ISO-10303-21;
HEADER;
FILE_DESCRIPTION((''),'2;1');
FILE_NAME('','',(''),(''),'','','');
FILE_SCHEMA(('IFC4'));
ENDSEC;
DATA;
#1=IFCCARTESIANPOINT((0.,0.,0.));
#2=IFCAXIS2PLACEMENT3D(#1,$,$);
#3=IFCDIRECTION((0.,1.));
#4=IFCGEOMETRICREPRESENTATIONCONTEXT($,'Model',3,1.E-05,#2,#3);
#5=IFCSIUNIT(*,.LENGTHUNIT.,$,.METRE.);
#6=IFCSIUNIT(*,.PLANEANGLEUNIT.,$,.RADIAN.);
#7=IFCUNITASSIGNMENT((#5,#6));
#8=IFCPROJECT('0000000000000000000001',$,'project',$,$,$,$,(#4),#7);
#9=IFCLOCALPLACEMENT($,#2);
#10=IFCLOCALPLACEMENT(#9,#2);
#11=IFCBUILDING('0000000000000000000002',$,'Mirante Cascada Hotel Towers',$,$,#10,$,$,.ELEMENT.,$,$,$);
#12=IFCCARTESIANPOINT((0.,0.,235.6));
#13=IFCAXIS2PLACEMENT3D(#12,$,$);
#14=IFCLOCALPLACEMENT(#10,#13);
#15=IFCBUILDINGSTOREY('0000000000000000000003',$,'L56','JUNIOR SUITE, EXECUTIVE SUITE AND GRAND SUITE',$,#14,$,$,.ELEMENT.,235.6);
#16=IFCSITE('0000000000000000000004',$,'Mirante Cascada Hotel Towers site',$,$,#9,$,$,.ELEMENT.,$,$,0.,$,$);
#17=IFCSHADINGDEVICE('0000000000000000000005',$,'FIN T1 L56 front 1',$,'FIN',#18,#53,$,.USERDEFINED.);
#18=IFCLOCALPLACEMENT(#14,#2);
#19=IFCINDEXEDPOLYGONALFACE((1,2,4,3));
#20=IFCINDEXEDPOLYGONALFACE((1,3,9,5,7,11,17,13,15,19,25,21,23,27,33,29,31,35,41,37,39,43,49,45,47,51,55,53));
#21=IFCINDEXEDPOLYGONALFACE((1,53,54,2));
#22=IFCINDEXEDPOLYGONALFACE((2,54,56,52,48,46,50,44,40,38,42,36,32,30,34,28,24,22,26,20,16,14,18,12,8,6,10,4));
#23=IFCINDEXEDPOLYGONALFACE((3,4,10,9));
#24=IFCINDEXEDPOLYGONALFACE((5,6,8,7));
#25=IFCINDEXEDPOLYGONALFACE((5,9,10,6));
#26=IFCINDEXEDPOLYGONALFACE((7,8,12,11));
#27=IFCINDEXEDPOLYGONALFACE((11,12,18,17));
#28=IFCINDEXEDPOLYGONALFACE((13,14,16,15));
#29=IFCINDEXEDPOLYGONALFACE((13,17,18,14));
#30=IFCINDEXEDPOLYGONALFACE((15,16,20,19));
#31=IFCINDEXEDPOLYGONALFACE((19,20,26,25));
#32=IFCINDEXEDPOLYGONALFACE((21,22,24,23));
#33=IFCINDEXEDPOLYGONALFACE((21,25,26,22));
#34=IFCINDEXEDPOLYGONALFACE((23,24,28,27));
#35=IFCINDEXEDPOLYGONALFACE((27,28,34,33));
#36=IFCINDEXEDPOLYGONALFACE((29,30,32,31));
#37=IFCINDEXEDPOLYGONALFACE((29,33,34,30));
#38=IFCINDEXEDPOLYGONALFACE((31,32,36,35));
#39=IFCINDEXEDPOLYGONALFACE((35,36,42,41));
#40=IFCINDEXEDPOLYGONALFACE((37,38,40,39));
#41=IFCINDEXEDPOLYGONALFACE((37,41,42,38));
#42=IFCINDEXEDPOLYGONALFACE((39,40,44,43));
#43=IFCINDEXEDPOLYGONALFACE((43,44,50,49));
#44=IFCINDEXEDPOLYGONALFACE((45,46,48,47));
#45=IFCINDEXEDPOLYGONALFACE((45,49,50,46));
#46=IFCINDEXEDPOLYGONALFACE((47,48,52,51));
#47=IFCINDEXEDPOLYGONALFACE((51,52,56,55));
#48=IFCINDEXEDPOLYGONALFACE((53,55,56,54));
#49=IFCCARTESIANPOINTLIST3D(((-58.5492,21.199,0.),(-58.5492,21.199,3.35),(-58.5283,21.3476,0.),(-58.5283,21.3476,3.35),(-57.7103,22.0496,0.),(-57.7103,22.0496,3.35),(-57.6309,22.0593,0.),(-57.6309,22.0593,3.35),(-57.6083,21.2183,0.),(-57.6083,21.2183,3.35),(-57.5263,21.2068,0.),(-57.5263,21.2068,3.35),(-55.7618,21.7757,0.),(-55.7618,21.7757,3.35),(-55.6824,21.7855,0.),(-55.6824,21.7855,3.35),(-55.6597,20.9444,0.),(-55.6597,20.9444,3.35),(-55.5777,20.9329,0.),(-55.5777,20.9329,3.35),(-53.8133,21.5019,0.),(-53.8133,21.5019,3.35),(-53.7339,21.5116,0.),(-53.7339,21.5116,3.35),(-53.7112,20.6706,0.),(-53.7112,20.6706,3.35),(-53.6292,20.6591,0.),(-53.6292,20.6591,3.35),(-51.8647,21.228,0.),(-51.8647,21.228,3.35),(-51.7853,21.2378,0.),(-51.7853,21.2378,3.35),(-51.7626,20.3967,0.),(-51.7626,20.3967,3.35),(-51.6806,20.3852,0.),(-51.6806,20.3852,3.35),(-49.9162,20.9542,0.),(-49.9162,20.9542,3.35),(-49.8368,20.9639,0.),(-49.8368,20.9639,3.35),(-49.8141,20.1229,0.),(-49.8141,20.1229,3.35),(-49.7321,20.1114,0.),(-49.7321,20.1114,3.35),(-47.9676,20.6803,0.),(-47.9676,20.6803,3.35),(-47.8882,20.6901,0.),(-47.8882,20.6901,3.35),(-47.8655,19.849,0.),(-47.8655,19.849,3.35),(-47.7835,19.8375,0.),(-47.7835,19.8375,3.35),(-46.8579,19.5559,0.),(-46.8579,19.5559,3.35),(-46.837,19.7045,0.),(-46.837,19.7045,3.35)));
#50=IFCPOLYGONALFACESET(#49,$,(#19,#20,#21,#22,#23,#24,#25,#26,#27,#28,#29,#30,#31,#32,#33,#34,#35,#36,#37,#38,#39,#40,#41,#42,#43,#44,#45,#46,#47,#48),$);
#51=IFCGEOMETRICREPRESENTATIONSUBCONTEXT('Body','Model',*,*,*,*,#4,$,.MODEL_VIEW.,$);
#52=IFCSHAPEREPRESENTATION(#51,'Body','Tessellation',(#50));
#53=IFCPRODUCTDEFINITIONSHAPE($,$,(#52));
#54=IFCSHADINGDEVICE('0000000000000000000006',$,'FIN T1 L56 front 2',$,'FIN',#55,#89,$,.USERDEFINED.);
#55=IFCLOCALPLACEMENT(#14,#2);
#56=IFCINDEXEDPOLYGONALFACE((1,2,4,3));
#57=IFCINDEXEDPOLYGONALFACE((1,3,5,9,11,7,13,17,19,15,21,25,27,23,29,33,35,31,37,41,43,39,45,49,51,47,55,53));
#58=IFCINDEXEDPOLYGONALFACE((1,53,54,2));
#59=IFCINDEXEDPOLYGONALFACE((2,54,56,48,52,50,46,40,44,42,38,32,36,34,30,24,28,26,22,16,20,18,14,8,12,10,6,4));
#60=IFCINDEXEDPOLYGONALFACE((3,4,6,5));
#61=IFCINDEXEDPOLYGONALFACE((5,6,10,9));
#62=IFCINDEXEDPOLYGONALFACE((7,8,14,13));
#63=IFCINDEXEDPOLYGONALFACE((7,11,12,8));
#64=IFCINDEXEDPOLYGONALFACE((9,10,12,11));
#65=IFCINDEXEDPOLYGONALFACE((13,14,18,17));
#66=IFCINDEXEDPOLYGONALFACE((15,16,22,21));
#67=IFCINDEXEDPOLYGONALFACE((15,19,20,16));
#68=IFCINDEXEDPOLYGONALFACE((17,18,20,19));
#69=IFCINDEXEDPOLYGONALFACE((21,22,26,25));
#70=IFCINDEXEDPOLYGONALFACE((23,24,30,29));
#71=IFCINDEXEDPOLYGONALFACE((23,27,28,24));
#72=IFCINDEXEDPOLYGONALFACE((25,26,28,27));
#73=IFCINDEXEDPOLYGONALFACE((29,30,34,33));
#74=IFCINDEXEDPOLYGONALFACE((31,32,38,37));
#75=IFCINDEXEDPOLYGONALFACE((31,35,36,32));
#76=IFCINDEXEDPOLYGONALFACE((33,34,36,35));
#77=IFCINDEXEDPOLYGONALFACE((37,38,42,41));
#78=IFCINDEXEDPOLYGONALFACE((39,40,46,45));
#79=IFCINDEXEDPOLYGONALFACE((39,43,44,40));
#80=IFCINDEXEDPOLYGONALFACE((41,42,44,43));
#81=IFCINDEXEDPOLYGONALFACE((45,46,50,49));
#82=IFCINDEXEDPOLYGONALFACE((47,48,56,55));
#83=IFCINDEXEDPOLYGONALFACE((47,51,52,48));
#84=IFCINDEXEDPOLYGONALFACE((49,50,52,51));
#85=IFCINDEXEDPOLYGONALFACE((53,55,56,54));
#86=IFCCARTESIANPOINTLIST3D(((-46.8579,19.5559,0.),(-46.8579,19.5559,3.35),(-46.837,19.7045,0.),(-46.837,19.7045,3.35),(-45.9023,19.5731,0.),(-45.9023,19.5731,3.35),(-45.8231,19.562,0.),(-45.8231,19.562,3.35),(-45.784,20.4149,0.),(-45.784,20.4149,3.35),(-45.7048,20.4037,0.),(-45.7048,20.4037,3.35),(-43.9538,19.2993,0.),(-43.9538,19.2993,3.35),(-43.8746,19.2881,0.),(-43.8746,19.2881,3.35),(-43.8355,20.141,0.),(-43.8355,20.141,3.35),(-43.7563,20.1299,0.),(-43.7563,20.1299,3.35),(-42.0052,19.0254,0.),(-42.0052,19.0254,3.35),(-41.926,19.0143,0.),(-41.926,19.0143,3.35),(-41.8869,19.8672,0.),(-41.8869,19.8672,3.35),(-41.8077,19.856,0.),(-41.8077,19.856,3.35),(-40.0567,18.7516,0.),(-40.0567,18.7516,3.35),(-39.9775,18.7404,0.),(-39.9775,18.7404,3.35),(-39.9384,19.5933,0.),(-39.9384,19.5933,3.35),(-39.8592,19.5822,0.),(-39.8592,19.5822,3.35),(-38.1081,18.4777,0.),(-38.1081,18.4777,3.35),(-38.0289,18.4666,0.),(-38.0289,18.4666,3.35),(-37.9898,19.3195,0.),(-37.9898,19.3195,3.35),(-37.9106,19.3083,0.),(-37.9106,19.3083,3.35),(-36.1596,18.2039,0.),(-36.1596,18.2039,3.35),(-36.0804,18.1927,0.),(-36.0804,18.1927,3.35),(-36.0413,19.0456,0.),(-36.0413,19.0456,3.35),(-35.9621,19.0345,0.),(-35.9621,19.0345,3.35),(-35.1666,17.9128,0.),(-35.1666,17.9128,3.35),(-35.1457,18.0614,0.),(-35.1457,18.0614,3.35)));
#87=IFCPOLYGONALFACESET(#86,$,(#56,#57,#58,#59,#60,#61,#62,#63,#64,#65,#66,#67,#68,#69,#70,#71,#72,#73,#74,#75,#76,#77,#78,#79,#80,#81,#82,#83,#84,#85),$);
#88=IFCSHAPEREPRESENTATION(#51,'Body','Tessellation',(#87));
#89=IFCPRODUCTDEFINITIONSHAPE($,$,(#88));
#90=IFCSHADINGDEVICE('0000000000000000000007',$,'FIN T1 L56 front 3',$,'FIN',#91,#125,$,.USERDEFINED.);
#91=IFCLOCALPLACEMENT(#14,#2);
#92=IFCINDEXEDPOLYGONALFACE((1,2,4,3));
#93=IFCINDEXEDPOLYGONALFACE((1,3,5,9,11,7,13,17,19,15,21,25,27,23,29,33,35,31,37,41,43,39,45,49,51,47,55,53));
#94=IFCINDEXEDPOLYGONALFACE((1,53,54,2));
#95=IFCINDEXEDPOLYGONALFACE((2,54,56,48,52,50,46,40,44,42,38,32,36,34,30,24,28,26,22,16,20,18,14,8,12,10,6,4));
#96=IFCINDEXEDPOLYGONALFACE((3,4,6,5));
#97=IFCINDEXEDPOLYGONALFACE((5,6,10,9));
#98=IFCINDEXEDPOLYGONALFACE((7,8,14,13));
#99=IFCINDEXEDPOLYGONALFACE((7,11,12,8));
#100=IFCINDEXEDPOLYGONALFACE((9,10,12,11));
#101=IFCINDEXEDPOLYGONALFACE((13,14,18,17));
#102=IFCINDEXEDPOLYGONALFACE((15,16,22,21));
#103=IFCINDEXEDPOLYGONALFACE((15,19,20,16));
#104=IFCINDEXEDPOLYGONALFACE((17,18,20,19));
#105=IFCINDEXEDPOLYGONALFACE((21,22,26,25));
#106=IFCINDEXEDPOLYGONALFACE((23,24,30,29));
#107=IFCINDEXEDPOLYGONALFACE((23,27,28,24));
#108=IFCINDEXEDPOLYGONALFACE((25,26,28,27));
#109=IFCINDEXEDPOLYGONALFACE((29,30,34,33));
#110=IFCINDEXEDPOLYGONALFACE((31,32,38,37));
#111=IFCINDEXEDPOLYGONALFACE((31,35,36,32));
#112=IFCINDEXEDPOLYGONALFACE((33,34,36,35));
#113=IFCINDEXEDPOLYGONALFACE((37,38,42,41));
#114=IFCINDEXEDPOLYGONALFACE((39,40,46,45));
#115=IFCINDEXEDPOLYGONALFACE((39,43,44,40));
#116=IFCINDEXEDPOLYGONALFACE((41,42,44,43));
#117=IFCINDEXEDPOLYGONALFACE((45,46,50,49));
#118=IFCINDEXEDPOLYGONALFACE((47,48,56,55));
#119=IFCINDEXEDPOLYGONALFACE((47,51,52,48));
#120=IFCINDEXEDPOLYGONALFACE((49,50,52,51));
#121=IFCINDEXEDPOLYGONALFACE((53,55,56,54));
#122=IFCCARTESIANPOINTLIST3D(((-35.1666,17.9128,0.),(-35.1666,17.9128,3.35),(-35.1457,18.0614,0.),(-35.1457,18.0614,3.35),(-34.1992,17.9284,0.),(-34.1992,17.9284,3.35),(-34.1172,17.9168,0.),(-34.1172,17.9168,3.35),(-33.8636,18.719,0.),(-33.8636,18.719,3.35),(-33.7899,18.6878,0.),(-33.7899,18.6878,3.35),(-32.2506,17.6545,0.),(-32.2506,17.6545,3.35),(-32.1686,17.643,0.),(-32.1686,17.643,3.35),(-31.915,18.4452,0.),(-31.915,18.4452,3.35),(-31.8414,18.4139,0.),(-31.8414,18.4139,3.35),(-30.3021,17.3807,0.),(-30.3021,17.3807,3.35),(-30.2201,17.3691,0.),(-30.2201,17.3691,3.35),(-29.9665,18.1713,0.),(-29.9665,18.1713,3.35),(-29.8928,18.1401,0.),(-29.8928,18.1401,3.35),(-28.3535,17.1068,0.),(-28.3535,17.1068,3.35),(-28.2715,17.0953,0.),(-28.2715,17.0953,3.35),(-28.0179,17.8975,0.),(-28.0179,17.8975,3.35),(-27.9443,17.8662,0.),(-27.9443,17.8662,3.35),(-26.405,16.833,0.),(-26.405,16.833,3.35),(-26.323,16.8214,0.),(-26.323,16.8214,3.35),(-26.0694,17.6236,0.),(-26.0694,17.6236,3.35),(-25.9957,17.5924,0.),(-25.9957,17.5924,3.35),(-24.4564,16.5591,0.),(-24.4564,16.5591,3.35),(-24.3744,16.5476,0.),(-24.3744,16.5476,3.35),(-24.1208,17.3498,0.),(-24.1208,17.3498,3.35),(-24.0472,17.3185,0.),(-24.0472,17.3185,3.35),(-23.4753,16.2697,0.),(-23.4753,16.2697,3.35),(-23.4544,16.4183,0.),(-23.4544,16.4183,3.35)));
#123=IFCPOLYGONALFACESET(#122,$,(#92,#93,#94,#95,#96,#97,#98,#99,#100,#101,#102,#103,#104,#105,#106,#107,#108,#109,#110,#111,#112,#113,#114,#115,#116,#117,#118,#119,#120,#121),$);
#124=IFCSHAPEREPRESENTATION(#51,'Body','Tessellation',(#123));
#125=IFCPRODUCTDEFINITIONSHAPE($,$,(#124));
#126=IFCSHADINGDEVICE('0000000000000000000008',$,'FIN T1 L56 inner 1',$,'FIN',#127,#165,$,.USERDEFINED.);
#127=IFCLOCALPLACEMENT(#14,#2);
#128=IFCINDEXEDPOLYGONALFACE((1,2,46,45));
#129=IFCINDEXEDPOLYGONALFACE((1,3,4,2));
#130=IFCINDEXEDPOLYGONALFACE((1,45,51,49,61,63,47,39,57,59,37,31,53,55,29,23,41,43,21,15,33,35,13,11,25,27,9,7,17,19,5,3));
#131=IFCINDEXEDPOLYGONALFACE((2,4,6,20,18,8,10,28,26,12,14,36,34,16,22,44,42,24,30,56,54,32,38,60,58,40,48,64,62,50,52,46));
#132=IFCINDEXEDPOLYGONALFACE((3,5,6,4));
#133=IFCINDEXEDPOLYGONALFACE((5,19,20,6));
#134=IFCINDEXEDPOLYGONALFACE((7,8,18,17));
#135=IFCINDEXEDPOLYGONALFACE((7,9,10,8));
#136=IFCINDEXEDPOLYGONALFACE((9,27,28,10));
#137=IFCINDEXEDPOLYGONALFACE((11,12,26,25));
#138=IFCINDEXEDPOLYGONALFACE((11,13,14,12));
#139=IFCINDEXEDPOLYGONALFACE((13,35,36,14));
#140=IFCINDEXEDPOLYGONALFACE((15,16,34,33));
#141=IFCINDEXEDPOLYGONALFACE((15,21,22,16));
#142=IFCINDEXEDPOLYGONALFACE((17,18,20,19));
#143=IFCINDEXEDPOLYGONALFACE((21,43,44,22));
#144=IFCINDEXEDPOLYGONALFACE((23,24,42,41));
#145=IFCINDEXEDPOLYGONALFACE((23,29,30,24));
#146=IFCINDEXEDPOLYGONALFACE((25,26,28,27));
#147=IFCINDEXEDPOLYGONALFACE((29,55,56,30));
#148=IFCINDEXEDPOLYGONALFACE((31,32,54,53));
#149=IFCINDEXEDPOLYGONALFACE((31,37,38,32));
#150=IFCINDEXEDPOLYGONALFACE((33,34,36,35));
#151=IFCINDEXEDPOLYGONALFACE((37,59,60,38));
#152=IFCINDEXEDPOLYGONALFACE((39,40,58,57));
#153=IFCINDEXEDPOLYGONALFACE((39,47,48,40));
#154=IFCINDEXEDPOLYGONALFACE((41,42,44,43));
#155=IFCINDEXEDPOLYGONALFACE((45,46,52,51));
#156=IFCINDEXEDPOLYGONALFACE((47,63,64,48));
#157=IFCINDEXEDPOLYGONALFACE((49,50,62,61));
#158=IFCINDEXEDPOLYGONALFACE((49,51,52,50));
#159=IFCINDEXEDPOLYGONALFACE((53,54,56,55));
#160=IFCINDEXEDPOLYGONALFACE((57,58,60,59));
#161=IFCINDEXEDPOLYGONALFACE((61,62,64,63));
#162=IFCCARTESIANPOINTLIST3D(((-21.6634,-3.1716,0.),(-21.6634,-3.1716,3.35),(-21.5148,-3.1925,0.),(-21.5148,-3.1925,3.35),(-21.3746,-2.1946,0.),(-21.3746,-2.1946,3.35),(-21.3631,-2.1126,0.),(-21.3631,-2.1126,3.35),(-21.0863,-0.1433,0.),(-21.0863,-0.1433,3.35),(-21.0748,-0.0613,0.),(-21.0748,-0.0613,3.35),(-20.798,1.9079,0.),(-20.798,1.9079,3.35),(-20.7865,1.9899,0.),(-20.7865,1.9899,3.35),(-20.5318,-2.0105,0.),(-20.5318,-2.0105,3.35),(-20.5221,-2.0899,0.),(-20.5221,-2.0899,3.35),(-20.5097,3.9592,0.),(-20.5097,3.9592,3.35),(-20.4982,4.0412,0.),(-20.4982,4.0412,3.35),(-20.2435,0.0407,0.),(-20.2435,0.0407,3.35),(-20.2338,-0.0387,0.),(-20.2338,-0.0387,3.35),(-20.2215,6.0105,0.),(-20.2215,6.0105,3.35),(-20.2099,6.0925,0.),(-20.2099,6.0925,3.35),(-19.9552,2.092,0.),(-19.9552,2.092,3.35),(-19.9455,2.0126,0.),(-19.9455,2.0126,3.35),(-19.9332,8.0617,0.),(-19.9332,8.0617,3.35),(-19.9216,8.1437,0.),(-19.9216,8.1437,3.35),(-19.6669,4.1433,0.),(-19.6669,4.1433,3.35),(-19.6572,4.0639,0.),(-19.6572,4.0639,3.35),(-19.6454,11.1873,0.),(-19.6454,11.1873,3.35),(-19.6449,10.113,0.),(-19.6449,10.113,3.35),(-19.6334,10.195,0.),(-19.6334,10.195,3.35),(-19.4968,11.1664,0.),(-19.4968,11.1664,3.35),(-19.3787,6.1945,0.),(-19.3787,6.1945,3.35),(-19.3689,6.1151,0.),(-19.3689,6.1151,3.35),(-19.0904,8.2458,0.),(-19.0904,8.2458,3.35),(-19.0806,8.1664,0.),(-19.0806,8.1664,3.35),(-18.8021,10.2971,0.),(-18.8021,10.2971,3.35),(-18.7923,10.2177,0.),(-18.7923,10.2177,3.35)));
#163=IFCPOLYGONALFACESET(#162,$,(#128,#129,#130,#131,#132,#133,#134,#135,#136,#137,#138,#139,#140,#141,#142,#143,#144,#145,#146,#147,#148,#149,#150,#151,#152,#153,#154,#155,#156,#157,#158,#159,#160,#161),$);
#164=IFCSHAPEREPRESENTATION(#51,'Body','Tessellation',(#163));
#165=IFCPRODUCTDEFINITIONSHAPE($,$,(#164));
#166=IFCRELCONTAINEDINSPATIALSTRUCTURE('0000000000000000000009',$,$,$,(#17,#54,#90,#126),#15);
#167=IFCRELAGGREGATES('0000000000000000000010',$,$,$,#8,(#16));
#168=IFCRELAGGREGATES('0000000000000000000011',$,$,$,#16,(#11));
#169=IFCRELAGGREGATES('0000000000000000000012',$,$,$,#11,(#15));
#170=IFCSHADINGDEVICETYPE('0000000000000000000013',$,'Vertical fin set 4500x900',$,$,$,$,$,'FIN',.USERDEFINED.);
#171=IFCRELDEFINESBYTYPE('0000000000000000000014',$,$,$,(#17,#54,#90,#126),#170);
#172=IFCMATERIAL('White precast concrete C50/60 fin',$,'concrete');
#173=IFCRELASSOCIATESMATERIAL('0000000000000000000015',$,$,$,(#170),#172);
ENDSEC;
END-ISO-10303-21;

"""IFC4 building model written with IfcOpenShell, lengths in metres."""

from ifc_helpers import new_model, si_unit, direction, frame, origin, place, context, subcontext, project, spatial, polyline, outline, extrude, material, type_object, element, save


model = new_model("IFC4")

# Units and contexts
model_context = context("Model", 3, precision=1e-05, world=origin(), true_north=direction((0.0, 1.0)))
body_context = subcontext(model_context, "Body", "Model", "MODEL_VIEW")
ifc_project = project(units=[si_unit("LENGTHUNIT", "METRE"), si_unit("PLANEANGLEUNIT", "RADIAN")], contexts=[model_context])

# Site, building, storey
site_placement = place(None, origin())
site = spatial("IfcSite", under=ifc_project, at=site_placement, Name="Mirante Cascada Hotel Towers site", CompositionType="ELEMENT", RefElevation=0.0)
building_placement = place(site_placement, origin())
building = spatial("IfcBuilding", under=site, at=building_placement, Name="Mirante Cascada Hotel Towers", CompositionType="ELEMENT")
storey_placement = place(building_placement, frame((0.0, 0.0, 235.6)))
storey = spatial("IfcBuildingStorey", under=building, at=storey_placement, Name="L56", Description="JUNIOR SUITE, EXECUTIVE SUITE AND GRAND SUITE", CompositionType="ELEMENT", Elevation=235.6)

# Shading devices
ifc_material_1 = material(Name="White precast concrete C50/60 fin", Category="concrete")
shading_device_type = type_object("IfcShadingDeviceType", Name="Vertical fin set 4500x900", ElementType="FIN", PredefinedType="USERDEFINED", material=ifc_material_1)
shading_device_1_placement = place(storey_placement, origin())
element("IfcShadingDevice", 1, at=shading_device_1_placement, inside=storey, type_object=shading_device_type, Name="FIN T1 L56 front 1", ObjectType="FIN", PredefinedType="USERDEFINED", context=body_context, shape_type="SweptSolid", body=[
    extrude(outline(polyline([(-47.8882, 20.6901), (-47.7835, 19.8375), (-46.837, 19.7045), (-46.8579, 19.5559), (-58.5492, 21.199), (-58.5283, 21.3476), (-57.6083, 21.2183), (-57.7103, 22.0496), (-57.6309, 22.0593), (-57.5263, 21.2068), (-55.6597, 20.9444), (-55.7618, 21.7757), (-55.6824, 21.7855), (-55.5777, 20.9329), (-53.7112, 20.6706), (-53.8133, 21.5019), (-53.7339, 21.5116), (-53.6292, 20.6591), (-51.7626, 20.3967), (-51.8647, 21.228), (-51.7853, 21.2378), (-51.6806, 20.3852), (-49.8141, 20.1229), (-49.9162, 20.9542), (-49.8368, 20.9639), (-49.7321, 20.1114), (-47.8655, 19.849), (-47.9676, 20.6803), (-47.8882, 20.6901)])), origin(), (0.0, 0.0, 1.0), 3.35),
])
shading_device_2_placement = place(storey_placement, origin())
element("IfcShadingDevice", 2, at=shading_device_2_placement, inside=storey, type_object=shading_device_type, Name="FIN T1 L56 front 2", ObjectType="FIN", PredefinedType="USERDEFINED", context=body_context, shape_type="SweptSolid", body=[
    extrude(outline(polyline([(-35.9621, 19.0345), (-36.0804, 18.1927), (-35.1457, 18.0614), (-35.1666, 17.9128), (-46.8579, 19.5559), (-46.837, 19.7045), (-45.9023, 19.5731), (-45.784, 20.4149), (-45.7048, 20.4037), (-45.8231, 19.562), (-43.9538, 19.2993), (-43.8355, 20.141), (-43.7563, 20.1299), (-43.8746, 19.2881), (-42.0052, 19.0254), (-41.8869, 19.8672), (-41.8077, 19.856), (-41.926, 19.0143), (-40.0567, 18.7516), (-39.9384, 19.5933), (-39.8592, 19.5822), (-39.9775, 18.7404), (-38.1081, 18.4777), (-37.9898, 19.3195), (-37.9106, 19.3083), (-38.0289, 18.4666), (-36.1596, 18.2039), (-36.0413, 19.0456), (-35.9621, 19.0345)])), origin(), (0.0, 0.0, 1.0), 3.35),
])
shading_device_3_placement = place(storey_placement, origin())
element("IfcShadingDevice", 3, at=shading_device_3_placement, inside=storey, type_object=shading_device_type, Name="FIN T1 L56 front 3", ObjectType="FIN", PredefinedType="USERDEFINED", context=body_context, shape_type="SweptSolid", body=[
    extrude(outline(polyline([(-24.0472, 17.3185), (-24.3744, 16.5476), (-23.4544, 16.4183), (-23.4753, 16.2697), (-35.1666, 17.9128), (-35.1457, 18.0614), (-34.1992, 17.9284), (-33.8636, 18.719), (-33.7899, 18.6878), (-34.1172, 17.9168), (-32.2506, 17.6545), (-31.915, 18.4452), (-31.8414, 18.4139), (-32.1686, 17.643), (-30.3021, 17.3807), (-29.9665, 18.1713), (-29.8928, 18.1401), (-30.2201, 17.3691), (-28.3535, 17.1068), (-28.0179, 17.8975), (-27.9443, 17.8662), (-28.2715, 17.0953), (-26.405, 16.833), (-26.0694, 17.6236), (-25.9957, 17.5924), (-26.323, 16.8214), (-24.4564, 16.5591), (-24.1208, 17.3498), (-24.0472, 17.3185)])), origin(), (0.0, 0.0, 1.0), 3.35),
])
shading_device_4_placement = place(storey_placement, origin())
element("IfcShadingDevice", 4, at=shading_device_4_placement, inside=storey, type_object=shading_device_type, Name="FIN T1 L56 inner 1", ObjectType="FIN", PredefinedType="USERDEFINED", context=body_context, shape_type="SweptSolid", body=[
    extrude(outline(polyline([(-21.3746, -2.1946), (-21.5148, -3.1925), (-21.6634, -3.1716), (-19.6454, 11.1873), (-19.4968, 11.1664), (-19.6334, 10.195), (-18.8021, 10.2971), (-18.7923, 10.2177), (-19.6449, 10.113), (-19.9216, 8.1437), (-19.0904, 8.2458), (-19.0806, 8.1664), (-19.9332, 8.0617), (-20.2099, 6.0925), (-19.3787, 6.1945), (-19.3689, 6.1151), (-20.2215, 6.0105), (-20.4982, 4.0412), (-19.6669, 4.1433), (-19.6572, 4.0639), (-20.5097, 3.9592), (-20.7865, 1.9899), (-19.9552, 2.092), (-19.9455, 2.0126), (-20.798, 1.9079), (-21.0748, -0.0613), (-20.2435, 0.0407), (-20.2338, -0.0387), (-21.0863, -0.1433), (-21.3631, -2.1126), (-20.5318, -2.0105), (-20.5221, -2.0899), (-21.3746, -2.1946)])), origin(), (0.0, 0.0, 1.0), 3.35),
])

save(model, "model.ifc")
